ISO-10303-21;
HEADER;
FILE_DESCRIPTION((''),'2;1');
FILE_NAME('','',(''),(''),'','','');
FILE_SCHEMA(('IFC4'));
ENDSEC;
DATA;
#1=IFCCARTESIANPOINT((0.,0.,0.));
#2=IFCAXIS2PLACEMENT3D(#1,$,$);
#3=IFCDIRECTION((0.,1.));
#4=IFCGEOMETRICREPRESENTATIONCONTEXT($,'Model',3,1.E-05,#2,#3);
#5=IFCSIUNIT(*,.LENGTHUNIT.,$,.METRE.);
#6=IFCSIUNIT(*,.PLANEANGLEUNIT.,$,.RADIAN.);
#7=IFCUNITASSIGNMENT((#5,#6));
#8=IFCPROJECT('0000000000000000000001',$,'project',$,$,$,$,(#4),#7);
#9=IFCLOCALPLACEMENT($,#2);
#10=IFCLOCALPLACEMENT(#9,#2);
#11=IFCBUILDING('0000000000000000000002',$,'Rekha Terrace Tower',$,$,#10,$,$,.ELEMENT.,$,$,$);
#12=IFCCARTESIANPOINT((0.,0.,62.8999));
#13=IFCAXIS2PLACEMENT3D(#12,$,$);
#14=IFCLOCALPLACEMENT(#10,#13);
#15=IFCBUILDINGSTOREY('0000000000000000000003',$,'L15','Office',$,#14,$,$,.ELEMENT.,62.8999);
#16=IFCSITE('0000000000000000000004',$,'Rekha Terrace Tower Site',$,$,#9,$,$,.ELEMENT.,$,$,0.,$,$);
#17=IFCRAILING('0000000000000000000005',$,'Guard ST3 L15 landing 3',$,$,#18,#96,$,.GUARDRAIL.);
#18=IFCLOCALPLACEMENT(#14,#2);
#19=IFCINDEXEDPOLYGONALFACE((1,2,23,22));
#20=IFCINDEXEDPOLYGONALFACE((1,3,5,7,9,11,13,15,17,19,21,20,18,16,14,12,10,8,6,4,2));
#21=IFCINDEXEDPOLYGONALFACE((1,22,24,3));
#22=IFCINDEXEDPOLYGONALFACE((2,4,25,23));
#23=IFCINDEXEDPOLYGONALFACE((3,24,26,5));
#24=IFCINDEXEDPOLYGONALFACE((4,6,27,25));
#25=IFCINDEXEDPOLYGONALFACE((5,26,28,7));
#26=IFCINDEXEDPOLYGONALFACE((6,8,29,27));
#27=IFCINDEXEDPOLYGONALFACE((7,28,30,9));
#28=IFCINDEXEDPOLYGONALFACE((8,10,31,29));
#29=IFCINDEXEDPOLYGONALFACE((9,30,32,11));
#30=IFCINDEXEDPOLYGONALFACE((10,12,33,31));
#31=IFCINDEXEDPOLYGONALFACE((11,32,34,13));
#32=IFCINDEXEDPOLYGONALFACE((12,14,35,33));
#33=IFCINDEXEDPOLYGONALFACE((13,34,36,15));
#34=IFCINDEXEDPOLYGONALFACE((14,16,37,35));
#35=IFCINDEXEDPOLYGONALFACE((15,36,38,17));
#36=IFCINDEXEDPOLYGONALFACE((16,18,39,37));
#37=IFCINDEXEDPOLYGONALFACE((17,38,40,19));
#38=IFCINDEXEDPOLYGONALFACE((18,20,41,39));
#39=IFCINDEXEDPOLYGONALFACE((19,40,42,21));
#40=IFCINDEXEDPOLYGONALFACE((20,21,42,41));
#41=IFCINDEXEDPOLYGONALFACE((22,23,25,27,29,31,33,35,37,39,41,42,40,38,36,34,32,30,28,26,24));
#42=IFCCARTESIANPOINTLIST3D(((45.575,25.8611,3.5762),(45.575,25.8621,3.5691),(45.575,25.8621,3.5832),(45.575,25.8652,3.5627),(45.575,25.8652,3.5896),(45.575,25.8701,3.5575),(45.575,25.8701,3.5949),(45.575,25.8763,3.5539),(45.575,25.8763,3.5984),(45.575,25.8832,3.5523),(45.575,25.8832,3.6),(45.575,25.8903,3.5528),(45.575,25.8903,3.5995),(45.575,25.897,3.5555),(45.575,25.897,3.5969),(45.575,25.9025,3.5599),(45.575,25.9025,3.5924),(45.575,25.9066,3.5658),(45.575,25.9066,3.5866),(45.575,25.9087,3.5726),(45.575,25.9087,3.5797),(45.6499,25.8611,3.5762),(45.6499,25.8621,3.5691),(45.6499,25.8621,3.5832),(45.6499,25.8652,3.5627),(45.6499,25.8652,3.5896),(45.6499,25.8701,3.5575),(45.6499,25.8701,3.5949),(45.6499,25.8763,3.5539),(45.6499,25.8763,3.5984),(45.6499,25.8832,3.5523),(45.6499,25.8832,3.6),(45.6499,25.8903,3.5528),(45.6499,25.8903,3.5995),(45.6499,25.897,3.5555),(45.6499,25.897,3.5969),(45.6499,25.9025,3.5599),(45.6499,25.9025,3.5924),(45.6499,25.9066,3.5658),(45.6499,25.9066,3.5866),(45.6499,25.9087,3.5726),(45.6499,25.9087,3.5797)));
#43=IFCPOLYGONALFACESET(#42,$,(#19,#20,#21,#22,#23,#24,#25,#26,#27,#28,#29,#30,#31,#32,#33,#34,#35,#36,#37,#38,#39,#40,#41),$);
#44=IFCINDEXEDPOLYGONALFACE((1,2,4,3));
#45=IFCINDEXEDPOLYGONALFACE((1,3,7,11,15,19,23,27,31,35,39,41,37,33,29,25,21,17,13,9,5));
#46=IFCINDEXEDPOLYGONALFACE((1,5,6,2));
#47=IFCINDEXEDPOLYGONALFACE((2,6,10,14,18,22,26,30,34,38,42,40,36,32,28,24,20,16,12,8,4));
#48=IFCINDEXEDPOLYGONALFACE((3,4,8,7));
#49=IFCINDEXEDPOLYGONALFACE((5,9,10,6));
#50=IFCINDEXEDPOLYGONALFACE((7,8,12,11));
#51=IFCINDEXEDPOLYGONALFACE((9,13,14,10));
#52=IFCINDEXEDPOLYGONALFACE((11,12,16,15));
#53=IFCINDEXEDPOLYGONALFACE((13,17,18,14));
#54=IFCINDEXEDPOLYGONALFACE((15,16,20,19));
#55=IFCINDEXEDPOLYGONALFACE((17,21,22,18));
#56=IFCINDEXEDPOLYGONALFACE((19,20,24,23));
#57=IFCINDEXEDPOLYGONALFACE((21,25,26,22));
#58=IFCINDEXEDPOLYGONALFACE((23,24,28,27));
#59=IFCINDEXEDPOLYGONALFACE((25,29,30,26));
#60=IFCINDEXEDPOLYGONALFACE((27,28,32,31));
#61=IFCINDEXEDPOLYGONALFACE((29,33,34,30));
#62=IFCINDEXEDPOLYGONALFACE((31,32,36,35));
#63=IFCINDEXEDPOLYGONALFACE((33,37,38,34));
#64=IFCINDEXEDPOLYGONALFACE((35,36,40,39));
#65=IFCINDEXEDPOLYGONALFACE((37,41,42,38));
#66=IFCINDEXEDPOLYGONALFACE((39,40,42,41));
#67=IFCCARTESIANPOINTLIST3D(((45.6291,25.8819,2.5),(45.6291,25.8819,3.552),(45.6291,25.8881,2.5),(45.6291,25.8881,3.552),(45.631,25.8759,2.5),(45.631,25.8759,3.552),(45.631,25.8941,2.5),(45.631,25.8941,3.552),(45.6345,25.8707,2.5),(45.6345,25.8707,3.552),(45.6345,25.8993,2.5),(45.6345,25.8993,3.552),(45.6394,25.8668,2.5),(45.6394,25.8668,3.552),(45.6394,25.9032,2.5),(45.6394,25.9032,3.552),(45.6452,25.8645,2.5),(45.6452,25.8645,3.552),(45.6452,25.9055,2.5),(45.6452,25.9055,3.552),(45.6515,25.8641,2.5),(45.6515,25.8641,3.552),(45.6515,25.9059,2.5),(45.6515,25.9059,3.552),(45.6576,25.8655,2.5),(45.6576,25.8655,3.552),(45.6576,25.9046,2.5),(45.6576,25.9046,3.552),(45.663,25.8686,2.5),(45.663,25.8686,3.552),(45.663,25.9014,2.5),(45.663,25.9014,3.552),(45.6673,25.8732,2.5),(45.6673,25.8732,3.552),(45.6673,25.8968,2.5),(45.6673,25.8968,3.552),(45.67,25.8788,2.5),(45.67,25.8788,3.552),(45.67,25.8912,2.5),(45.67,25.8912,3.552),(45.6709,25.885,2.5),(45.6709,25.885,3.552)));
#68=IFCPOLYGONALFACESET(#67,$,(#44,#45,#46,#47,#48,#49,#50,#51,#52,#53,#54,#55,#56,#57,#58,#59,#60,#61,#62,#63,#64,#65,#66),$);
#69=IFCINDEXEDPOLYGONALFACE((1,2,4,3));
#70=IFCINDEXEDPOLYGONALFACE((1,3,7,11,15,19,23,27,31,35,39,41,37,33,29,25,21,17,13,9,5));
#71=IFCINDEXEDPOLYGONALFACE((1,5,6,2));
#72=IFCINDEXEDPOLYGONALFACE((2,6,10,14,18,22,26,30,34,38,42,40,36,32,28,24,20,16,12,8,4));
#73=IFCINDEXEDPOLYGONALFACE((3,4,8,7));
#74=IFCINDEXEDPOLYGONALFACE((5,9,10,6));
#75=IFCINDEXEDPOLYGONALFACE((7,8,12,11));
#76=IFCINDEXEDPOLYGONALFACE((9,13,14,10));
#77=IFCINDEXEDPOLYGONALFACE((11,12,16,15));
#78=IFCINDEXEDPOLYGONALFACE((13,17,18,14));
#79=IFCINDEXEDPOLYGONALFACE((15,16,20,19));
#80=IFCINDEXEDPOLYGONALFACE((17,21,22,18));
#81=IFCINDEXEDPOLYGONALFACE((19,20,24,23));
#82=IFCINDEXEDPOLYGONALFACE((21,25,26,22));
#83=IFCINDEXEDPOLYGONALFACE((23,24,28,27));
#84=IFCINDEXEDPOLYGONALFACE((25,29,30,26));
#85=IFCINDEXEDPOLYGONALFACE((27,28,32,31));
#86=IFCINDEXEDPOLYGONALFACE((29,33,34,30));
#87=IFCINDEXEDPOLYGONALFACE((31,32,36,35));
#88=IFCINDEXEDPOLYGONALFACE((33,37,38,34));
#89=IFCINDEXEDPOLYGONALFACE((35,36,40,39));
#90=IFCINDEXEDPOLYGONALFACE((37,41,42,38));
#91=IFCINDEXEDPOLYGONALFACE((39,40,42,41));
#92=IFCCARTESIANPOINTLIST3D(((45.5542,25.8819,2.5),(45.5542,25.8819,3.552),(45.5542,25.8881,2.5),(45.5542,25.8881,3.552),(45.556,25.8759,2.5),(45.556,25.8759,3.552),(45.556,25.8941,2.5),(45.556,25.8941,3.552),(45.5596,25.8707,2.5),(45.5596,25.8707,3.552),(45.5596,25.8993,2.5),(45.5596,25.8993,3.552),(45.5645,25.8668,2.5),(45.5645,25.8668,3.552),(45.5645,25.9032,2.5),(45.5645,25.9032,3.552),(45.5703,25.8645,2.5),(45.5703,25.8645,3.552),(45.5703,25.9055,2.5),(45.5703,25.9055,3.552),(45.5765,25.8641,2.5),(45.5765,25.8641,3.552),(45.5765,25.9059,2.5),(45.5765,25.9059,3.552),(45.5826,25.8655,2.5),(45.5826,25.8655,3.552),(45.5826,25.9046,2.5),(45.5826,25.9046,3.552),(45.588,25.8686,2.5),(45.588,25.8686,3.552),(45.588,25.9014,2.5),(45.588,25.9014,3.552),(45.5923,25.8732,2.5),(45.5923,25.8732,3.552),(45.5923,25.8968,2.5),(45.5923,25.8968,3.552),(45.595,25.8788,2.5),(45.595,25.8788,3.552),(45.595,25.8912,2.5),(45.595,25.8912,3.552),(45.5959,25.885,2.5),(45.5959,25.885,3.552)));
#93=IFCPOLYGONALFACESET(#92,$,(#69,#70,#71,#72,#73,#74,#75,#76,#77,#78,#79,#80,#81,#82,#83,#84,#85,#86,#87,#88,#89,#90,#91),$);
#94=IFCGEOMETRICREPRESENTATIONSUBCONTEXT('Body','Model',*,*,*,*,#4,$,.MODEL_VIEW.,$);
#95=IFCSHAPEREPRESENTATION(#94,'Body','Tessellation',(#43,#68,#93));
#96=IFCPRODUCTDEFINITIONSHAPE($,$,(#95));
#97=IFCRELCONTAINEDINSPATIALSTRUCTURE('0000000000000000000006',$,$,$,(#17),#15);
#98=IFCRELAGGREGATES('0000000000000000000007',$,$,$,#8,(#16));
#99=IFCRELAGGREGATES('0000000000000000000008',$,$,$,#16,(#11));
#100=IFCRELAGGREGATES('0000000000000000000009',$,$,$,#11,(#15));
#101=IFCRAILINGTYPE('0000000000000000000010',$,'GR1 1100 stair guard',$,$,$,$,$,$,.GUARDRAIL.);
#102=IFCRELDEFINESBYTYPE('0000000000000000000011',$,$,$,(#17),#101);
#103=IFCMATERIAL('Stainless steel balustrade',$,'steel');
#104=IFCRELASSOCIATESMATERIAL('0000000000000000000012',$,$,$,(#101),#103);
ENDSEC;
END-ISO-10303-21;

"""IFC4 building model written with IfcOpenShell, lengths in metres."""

from ifc_helpers import new_model, si_unit, direction, frame, origin, origin_2d, place, context, subcontext, project, spatial, circle, extrude, material, type_object, element, save


model = new_model("IFC4")

# Units and contexts
model_context = context("Model", 3, precision=1e-05, world=origin(), true_north=direction((0.0, 1.0)))
body_context = subcontext(model_context, "Body", "Model", "MODEL_VIEW")
ifc_project = project(units=[si_unit("LENGTHUNIT", "METRE"), si_unit("PLANEANGLEUNIT", "RADIAN")], contexts=[model_context])

# Site, building, storey
site_placement = place(None, origin())
site = spatial("IfcSite", under=ifc_project, at=site_placement, Name="Rekha Terrace Tower Site", CompositionType="ELEMENT", RefElevation=0.0)
building_placement = place(site_placement, origin())
building = spatial("IfcBuilding", under=site, at=building_placement, Name="Rekha Terrace Tower", CompositionType="ELEMENT")
storey_placement = place(building_placement, frame((0.0, 0.0, 62.8999)))
storey = spatial("IfcBuildingStorey", under=building, at=storey_placement, Name="L15", Description="Office", CompositionType="ELEMENT", Elevation=62.8999)

# Railing
ifc_material_1 = material(Name="Stainless steel balustrade", Category="steel")
railing_type_1 = type_object("IfcRailingType", Name="GR1 1100 stair guard", PredefinedType="GUARDRAIL", material=ifc_material_1)
railing_1_placement = place(storey_placement, frame((45.6499, 25.885, 2.5)))
element("IfcRailing", 1, at=railing_1_placement, inside=storey, type_object=railing_type_1, Name="Guard ST3 L15 landing 3", PredefinedType="GUARDRAIL", context=body_context, shape_type="SweptSolid", body=[
    extrude(circle(Radius=0.0239, at=origin_2d()), frame((0.0, 0.0, 1.0762), z_axis=(-1.0, 0.0, 0.0), x_axis=(0.0, -1.0, 0.0)), (0.0, 0.0, 1.0), 0.075),
    extrude(circle(Radius=0.021, at=origin_2d()), origin(), (0.0, 0.0, 1.0), 1.052),
    extrude(circle(Radius=0.021, at=origin_2d()), frame((-0.075, 0.0, 0.0)), (0.0, 0.0, 1.0), 1.052),
])

save(model, "model.ifc")
